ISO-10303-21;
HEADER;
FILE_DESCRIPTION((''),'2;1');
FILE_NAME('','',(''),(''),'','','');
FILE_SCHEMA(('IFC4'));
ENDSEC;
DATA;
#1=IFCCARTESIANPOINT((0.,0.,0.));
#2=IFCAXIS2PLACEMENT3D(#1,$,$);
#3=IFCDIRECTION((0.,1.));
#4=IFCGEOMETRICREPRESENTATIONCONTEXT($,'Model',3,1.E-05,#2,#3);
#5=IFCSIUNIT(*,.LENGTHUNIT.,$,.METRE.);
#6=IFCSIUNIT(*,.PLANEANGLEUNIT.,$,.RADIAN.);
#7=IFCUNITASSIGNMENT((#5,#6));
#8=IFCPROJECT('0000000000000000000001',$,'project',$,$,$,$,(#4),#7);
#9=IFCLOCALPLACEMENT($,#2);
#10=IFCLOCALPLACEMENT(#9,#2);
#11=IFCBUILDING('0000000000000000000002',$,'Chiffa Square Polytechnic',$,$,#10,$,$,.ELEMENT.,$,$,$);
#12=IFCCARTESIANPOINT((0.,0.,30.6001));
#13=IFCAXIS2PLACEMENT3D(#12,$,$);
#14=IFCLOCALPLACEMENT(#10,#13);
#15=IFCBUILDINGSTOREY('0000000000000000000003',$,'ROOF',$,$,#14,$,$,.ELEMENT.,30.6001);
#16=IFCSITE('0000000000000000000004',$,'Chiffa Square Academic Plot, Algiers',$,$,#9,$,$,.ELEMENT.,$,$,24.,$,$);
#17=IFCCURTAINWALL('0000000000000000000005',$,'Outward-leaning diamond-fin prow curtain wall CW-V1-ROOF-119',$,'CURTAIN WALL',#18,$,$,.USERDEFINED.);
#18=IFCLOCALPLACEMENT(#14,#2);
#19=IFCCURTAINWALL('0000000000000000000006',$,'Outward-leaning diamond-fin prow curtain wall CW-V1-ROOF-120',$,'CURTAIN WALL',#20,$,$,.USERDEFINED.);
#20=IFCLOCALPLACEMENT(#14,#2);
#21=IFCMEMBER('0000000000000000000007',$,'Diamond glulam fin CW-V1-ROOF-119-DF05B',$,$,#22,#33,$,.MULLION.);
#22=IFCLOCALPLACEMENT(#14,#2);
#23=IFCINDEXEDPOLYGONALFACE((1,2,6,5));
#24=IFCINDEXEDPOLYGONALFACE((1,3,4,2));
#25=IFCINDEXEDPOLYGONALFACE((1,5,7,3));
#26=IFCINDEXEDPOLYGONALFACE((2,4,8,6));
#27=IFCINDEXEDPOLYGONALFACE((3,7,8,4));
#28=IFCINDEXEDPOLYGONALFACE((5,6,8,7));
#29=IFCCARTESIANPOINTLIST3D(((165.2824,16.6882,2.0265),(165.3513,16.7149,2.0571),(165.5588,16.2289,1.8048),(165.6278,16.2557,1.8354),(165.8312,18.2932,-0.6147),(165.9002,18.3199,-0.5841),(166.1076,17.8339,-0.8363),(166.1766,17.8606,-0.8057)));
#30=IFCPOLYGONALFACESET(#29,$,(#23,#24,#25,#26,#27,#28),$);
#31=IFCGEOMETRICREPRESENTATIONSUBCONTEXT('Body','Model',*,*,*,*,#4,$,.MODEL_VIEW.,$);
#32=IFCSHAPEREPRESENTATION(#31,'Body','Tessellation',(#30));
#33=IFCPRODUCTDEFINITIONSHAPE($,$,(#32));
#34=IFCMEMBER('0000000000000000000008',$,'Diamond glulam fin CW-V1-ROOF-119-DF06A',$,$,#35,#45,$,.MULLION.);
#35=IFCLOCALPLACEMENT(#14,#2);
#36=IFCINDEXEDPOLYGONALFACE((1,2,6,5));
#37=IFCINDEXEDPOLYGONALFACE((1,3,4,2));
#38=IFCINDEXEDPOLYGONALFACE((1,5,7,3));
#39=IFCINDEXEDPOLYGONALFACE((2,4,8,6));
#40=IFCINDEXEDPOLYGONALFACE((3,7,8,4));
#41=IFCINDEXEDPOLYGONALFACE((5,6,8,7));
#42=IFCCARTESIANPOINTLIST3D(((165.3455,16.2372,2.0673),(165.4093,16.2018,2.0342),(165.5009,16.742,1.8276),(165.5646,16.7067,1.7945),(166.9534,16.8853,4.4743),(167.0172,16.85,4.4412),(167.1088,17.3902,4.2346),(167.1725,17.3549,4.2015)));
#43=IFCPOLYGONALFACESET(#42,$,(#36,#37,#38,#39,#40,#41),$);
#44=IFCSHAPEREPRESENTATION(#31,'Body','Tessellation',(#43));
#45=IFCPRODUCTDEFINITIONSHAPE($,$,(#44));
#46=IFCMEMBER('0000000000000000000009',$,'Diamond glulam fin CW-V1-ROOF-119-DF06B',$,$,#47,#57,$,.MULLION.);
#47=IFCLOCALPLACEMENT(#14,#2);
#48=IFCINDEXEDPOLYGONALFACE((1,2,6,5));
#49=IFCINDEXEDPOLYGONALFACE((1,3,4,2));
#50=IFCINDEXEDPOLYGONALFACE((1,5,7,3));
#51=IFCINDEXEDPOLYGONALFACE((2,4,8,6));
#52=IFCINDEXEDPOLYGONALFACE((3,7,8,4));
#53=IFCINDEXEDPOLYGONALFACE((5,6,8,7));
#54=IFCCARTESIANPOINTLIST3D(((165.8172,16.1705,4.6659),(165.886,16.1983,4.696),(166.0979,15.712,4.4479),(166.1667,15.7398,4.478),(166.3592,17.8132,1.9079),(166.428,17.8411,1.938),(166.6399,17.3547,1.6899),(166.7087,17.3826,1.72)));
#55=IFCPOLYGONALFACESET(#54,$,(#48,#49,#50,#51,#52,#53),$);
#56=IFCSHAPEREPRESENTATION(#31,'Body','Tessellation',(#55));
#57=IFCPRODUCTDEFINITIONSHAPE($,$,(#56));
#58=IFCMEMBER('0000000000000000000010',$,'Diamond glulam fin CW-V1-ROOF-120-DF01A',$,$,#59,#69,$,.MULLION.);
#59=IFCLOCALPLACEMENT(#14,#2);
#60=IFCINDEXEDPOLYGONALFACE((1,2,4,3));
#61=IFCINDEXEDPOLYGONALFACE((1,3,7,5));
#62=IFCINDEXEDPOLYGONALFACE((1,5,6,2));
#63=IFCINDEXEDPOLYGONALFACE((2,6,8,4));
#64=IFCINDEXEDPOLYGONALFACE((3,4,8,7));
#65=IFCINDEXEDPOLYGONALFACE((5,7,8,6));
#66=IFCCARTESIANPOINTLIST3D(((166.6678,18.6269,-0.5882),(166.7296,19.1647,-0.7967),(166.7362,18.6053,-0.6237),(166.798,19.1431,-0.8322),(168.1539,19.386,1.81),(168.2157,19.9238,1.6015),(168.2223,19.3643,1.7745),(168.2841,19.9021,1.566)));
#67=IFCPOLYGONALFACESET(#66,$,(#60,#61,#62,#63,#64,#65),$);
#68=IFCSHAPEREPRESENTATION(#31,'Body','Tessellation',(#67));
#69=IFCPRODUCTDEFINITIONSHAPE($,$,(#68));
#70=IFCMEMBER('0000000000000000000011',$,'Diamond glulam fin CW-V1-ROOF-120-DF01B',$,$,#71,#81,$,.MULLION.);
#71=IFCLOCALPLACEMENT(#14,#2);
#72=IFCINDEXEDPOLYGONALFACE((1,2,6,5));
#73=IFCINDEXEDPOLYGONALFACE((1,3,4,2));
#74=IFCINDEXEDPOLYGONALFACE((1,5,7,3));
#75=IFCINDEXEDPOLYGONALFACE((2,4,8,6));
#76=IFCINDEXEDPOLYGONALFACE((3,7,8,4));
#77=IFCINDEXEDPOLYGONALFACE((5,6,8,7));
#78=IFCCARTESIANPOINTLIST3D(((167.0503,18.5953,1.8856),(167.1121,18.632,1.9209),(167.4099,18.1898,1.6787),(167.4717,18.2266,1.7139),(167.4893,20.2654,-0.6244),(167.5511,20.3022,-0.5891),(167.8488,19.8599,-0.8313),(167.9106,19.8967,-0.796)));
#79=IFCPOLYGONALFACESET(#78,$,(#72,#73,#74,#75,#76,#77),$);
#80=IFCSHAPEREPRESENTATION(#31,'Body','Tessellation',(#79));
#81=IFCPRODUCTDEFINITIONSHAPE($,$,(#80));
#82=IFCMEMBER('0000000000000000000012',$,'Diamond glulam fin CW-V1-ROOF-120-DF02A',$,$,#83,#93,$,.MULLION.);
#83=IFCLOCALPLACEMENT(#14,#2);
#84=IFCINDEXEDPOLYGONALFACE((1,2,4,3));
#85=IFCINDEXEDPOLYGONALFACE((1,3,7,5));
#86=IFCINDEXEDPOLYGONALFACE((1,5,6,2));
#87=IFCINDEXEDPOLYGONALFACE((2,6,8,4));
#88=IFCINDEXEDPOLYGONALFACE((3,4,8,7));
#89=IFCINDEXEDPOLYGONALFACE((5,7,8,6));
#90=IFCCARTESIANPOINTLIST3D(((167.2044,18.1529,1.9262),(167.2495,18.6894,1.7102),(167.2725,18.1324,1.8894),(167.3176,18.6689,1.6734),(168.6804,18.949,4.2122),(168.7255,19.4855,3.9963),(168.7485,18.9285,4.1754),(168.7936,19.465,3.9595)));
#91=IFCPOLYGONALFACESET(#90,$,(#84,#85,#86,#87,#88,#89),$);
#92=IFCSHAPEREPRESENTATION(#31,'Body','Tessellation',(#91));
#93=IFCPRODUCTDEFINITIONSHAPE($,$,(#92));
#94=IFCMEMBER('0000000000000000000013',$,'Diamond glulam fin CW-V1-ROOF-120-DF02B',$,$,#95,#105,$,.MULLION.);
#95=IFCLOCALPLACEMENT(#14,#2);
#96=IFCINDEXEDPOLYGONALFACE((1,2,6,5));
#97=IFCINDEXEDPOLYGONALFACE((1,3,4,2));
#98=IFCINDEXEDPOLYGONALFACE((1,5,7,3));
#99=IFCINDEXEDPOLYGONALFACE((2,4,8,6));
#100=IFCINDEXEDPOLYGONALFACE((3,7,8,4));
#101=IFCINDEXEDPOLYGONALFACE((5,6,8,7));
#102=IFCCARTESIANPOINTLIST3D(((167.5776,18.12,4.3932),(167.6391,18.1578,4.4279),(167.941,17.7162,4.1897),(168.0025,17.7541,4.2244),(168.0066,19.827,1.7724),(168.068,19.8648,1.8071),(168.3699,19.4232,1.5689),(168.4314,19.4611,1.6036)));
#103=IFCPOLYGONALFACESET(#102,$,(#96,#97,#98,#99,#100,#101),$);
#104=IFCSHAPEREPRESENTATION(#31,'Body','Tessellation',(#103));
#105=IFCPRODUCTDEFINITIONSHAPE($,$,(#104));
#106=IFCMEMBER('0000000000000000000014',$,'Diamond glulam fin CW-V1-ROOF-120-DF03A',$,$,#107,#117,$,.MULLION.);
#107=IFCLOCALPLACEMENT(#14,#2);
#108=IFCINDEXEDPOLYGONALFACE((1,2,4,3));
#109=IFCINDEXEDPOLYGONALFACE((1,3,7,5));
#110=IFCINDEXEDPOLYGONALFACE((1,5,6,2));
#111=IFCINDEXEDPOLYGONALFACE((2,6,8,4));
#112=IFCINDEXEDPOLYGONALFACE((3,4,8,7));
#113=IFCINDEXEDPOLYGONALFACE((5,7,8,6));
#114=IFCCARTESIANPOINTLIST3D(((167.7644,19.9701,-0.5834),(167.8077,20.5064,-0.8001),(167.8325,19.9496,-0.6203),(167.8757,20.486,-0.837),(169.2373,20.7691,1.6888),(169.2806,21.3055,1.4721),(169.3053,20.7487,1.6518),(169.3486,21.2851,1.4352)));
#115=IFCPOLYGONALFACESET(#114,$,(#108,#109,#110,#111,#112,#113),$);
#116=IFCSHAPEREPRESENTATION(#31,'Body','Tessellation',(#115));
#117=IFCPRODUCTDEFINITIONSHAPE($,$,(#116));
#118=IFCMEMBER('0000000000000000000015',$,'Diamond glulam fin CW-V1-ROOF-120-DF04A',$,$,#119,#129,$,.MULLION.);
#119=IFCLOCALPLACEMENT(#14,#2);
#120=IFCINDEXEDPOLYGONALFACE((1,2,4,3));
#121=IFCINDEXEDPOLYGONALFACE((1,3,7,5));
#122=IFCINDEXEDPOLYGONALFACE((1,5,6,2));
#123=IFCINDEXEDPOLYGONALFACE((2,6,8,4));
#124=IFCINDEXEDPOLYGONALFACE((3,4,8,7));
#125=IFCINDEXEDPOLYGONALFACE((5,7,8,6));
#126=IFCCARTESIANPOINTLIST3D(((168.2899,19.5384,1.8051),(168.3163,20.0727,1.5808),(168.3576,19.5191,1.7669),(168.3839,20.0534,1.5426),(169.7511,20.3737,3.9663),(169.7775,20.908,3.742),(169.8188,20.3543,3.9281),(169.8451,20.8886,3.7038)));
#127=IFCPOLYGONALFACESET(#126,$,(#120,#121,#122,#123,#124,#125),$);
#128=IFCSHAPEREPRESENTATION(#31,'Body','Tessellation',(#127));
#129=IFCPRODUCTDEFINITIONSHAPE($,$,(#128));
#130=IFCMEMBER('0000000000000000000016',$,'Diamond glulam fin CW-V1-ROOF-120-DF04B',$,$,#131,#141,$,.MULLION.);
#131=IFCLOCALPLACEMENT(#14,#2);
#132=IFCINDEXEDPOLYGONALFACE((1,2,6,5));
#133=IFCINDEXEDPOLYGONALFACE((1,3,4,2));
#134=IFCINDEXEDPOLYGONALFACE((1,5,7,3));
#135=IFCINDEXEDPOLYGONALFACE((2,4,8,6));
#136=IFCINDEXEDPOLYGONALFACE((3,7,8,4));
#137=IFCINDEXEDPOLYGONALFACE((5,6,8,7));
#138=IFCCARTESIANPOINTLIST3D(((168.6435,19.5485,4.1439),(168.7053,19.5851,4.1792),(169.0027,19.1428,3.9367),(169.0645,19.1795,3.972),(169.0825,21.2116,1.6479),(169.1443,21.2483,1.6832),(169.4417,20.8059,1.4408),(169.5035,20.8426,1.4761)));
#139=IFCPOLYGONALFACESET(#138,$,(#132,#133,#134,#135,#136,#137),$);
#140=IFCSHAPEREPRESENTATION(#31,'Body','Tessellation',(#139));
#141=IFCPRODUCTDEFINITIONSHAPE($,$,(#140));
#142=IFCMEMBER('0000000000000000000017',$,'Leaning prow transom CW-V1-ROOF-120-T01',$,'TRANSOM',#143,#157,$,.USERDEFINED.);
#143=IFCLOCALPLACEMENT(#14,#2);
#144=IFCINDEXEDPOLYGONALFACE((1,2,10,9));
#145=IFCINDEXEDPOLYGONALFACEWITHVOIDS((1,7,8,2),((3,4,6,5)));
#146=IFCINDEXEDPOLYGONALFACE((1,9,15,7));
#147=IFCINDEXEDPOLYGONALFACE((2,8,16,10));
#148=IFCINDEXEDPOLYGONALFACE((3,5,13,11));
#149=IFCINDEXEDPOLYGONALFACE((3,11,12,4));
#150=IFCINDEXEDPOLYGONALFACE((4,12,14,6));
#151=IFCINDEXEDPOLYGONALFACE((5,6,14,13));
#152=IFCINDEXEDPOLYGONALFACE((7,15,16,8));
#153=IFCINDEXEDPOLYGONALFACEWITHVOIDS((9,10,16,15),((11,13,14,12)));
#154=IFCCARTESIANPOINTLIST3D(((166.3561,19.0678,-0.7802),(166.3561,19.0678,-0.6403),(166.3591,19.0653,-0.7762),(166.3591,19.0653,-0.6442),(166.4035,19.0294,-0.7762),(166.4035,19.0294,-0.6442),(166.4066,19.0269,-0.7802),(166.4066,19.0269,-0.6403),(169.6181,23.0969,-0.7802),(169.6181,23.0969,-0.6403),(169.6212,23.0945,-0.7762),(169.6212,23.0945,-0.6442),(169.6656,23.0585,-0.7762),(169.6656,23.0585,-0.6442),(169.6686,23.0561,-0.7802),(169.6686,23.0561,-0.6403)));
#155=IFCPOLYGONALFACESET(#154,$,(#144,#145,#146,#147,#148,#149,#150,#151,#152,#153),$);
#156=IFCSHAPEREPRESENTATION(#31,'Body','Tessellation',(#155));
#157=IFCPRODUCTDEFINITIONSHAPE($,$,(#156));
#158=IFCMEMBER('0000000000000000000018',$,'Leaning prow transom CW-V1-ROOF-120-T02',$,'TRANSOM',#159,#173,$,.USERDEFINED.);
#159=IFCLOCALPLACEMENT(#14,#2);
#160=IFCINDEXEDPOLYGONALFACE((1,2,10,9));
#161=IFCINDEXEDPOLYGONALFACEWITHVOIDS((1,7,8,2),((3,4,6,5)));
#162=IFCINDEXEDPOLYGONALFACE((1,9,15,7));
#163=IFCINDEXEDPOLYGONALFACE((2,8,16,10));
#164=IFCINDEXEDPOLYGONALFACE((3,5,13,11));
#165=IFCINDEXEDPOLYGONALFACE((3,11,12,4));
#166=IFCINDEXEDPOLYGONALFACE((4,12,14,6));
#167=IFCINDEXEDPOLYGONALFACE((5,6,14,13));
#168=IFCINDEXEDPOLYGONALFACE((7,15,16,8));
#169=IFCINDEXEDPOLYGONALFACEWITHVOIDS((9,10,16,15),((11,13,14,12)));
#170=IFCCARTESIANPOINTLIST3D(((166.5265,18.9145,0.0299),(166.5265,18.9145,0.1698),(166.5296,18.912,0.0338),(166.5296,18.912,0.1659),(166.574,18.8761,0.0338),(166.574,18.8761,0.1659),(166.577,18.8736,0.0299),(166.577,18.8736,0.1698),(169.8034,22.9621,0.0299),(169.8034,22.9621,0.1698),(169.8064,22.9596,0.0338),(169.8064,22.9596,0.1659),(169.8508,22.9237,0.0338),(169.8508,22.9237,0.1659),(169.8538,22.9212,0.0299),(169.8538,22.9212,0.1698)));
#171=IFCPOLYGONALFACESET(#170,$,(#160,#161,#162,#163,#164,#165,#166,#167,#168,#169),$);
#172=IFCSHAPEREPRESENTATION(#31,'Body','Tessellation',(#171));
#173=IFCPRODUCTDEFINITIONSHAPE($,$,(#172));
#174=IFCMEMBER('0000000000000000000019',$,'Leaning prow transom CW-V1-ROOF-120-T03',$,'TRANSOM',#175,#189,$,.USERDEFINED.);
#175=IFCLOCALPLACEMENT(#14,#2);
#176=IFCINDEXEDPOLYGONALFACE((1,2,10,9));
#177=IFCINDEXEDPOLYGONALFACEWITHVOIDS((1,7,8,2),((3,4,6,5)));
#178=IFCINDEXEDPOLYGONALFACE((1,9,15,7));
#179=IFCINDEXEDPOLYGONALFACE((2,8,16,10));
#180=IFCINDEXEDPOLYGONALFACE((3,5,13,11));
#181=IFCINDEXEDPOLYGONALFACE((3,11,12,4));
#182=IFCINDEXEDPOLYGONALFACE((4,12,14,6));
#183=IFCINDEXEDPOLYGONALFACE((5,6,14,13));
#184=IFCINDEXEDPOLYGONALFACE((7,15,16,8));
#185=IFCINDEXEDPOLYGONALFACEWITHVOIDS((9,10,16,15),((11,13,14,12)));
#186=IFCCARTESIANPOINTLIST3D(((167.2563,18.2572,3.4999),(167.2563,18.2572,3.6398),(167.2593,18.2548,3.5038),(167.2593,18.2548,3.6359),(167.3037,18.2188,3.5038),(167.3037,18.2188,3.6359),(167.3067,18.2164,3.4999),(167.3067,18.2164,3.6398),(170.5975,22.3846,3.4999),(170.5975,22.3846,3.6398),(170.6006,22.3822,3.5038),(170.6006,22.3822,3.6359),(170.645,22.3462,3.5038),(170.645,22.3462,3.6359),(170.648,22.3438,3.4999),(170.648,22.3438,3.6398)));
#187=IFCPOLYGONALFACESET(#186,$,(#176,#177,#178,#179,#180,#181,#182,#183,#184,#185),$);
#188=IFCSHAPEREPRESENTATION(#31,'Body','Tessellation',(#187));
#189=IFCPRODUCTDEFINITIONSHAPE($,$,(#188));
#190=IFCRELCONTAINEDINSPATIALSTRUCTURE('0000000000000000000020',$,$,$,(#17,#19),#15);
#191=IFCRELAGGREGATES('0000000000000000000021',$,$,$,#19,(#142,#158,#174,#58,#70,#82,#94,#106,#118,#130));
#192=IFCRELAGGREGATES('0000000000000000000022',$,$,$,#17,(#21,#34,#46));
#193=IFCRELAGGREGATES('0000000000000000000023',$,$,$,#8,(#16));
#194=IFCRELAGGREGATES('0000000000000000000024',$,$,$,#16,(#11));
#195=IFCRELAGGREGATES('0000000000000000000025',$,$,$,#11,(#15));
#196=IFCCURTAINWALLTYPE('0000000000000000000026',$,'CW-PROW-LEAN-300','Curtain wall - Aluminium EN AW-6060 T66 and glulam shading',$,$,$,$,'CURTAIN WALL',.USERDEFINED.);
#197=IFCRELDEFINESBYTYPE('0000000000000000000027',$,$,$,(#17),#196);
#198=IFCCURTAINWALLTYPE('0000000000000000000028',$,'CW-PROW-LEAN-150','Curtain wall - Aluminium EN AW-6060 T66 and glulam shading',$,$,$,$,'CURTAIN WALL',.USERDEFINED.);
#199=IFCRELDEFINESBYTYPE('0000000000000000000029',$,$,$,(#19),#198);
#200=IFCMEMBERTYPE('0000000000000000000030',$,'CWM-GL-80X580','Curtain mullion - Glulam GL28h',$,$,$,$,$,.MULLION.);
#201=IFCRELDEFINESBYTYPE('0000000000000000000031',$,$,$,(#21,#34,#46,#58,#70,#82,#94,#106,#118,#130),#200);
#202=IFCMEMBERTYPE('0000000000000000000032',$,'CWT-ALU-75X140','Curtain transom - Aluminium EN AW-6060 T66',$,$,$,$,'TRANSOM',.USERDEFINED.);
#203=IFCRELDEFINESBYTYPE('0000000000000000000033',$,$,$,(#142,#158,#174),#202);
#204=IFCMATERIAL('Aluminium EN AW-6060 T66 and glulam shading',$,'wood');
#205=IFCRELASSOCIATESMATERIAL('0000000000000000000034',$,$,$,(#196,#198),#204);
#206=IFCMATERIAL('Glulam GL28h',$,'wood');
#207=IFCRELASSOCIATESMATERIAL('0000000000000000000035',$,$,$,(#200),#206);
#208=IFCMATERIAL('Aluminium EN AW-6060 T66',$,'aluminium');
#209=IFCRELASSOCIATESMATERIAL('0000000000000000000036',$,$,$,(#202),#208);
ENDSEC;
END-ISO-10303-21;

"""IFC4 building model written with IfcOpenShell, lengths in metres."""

from ifc_helpers import new_model, si_unit, direction, frame, origin, origin_2d, place, context, subcontext, project, spatial, rectangle, hollow_rectangle, extrude, material, material_profile, profile_set, type_object, element, aggregate, save


model = new_model("IFC4")

# Units and contexts
model_context = context("Model", 3, precision=1e-05, world=origin(), true_north=direction((0.0, 1.0)))
body_context = subcontext(model_context, "Body", "Model", "MODEL_VIEW")
ifc_project = project(units=[si_unit("LENGTHUNIT", "METRE"), si_unit("PLANEANGLEUNIT", "RADIAN")], contexts=[model_context])

# Site, building, storey
site_placement = place(None, origin())
site = spatial("IfcSite", under=ifc_project, at=site_placement, Name="Chiffa Square Academic Plot, Algiers", CompositionType="ELEMENT", RefElevation=24.0)
building_placement = place(site_placement, origin())
building = spatial("IfcBuilding", under=site, at=building_placement, Name="Chiffa Square Polytechnic", CompositionType="ELEMENT")
storey_placement = place(building_placement, frame((0.0, 0.0, 30.6001)))
storey = spatial("IfcBuildingStorey", under=building, at=storey_placement, Name="ROOF", CompositionType="ELEMENT", Elevation=30.6001)

# Curtain walls
ifc_material_1 = material(Name="Aluminium EN AW-6060 T66 and glulam shading", Category="wood")
curtain_wall_type_1 = type_object("IfcCurtainWallType", Name="CW-PROW-LEAN-300", Description="Curtain wall - Aluminium EN AW-6060 T66 and glulam shading", ElementType="CURTAIN WALL", PredefinedType="USERDEFINED", material=ifc_material_1)
curtain_wall_1_placement = place(storey_placement, origin())
curtain_wall_1 = element("IfcCurtainWall", 1, at=curtain_wall_1_placement, inside=storey, type_object=curtain_wall_type_1, Name="Outward-leaning diamond-fin prow curtain wall CW-V1-ROOF-119", ObjectType="CURTAIN WALL", PredefinedType="USERDEFINED")
ifc_material_2 = material(Name="Aluminium EN AW-6060 T66", Category="aluminium")
curtain_wall_type_2 = type_object("IfcCurtainWallType", Name="CW-PROW-LEAN-150", Description="Curtain wall - Aluminium EN AW-6060 T66 and glulam shading", ElementType="CURTAIN WALL", PredefinedType="USERDEFINED", material=ifc_material_1)
curtain_wall_2_placement = place(storey_placement, origin())
curtain_wall_2 = element("IfcCurtainWall", 2, at=curtain_wall_2_placement, inside=storey, type_object=curtain_wall_type_2, Name="Outward-leaning diamond-fin prow curtain wall CW-V1-ROOF-120", ObjectType="CURTAIN WALL", PredefinedType="USERDEFINED")

# Members
ifc_material_3 = material(Name="Glulam GL28h", Category="wood")
ifc_material_profile_1 = material_profile(ifc_material_3, rectangle(XDim=0.0801, YDim=0.5801, at=origin_2d()), Name="GL28h 80x580")
ifc_profile_set_1 = profile_set([ifc_material_profile_1], Name="Glulam GL28h")
member_type_1 = type_object("IfcMemberType", Name="CWM-GL-80X580", Description="Curtain mullion - Glulam GL28h", PredefinedType="MULLION", material=ifc_profile_set_1)
member_1_placement = place(storey_placement, frame((166.0039, 18.0769, -0.7102), z_axis=(-0.174848, -0.51132, 0.841415), x_axis=(0.861578, 0.334175, 0.382113)))
member_1 = element("IfcMember", 3, at=member_1_placement, type_object=member_type_1, Name="Diamond glulam fin CW-V1-ROOF-119-DF05B", PredefinedType="MULLION", context=body_context, shape_type="SweptSolid", body=[
    extrude(rectangle(XDim=0.0801, YDim=0.5801, at=origin_2d()), origin(), (0.0, 0.0, 1.0), 3.1389),
])
member_2_placement = place(storey_placement, frame((165.4551, 16.4719, 1.9309), z_axis=(0.542054, 0.218517, 0.811435), x_axis=(-0.796538, 0.441295, 0.413263)))
member_2 = element("IfcMember", 4, at=member_2_placement, type_object=member_type_1, Name="Diamond glulam fin CW-V1-ROOF-119-DF06A", PredefinedType="MULLION", context=body_context, shape_type="SweptSolid", body=[
    extrude(rectangle(XDim=0.0801, YDim=0.5801, at=origin_2d()), origin(), (0.0, 0.0, 1.0), 2.9663),
])
member_3_placement = place(storey_placement, frame((166.5339, 17.5979, 1.814), z_axis=(-0.166476, -0.504601, 0.84715), x_axis=(0.859184, 0.347326, 0.375723)))
member_3 = element("IfcMember", 5, at=member_3_placement, type_object=member_type_1, Name="Diamond glulam fin CW-V1-ROOF-119-DF06B", PredefinedType="MULLION", context=body_context, shape_type="SweptSolid", body=[
    extrude(rectangle(XDim=0.0801, YDim=0.5801, at=origin_2d()), origin(), (0.0, 0.0, 1.0), 3.2556),
])
member_4_placement = place(storey_placement, frame((166.7329, 18.885, -0.7102), z_axis=(0.508649, 0.259798, 0.820842), x_axis=(-0.854356, 0.270285, 0.443872)))
member_4 = element("IfcMember", 6, at=member_4_placement, type_object=member_type_1, Name="Diamond glulam fin CW-V1-ROOF-120-DF01A", PredefinedType="MULLION", context=body_context, shape_type="SweptSolid", body=[
    extrude(rectangle(XDim=0.0801, YDim=0.5801, at=origin_2d()), origin(), (0.0, 0.0, 1.0), 2.9216),
])
member_5_placement = place(storey_placement, frame((167.7, 20.0811, -0.7102), z_axis=(-0.144079, -0.548191, 0.823849), x_axis=(0.771397, 0.459251, 0.440493)))
member_5 = element("IfcMember", 7, at=member_5_placement, type_object=member_type_1, Name="Diamond glulam fin CW-V1-ROOF-120-DF01B", PredefinedType="MULLION", context=body_context, shape_type="SweptSolid", body=[
    extrude(rectangle(XDim=0.0801, YDim=0.5801, at=origin_2d()), origin(), (0.0, 0.0, 1.0), 3.0466),
])
member_6_placement = place(storey_placement, frame((167.261, 18.4109, 1.7998), z_axis=(0.520602, 0.280795, 0.806305), x_axis=(-0.850258, 0.256424, 0.459682)))
member_6 = element("IfcMember", 8, at=member_6_placement, type_object=member_type_1, Name="Diamond glulam fin CW-V1-ROOF-120-DF02A", PredefinedType="MULLION", context=body_context, shape_type="SweptSolid", body=[
    extrude(rectangle(XDim=0.0801, YDim=0.5801, at=origin_2d()), origin(), (0.0, 0.0, 1.0), 2.8352),
])
member_7_placement = place(storey_placement, frame((168.219, 19.644, 1.688), z_axis=(-0.135873, -0.540709, 0.830164), x_axis=(0.767577, 0.472334, 0.433274)))
member_7 = element("IfcMember", 9, at=member_7_placement, type_object=member_type_1, Name="Diamond glulam fin CW-V1-ROOF-120-DF02B", PredefinedType="MULLION", context=body_context, shape_type="SweptSolid", body=[
    extrude(rectangle(XDim=0.0801, YDim=0.5801, at=origin_2d()), origin(), (0.0, 0.0, 1.0), 3.157),
])
member_8_placement = place(storey_placement, frame((167.8201, 20.228, -0.7102), z_axis=(0.521698, 0.28303, 0.804814), x_axis=(-0.849862, 0.254903, 0.461257)))
member_8 = element("IfcMember", 10, at=member_8_placement, type_object=member_type_1, Name="Diamond glulam fin CW-V1-ROOF-120-DF03A", PredefinedType="MULLION", context=body_context, shape_type="SweptSolid", body=[
    extrude(rectangle(XDim=0.0801, YDim=0.5801, at=origin_2d()), origin(), (0.0, 0.0, 1.0), 2.8232),
])
member_9_placement = place(storey_placement, frame((168.3369, 19.7959, 1.6738), z_axis=(0.533437, 0.30491, 0.78897), x_axis=(-0.84462, 0.242092, 0.477503)))
member_9 = element("IfcMember", 11, at=member_9_placement, type_object=member_type_1, Name="Diamond glulam fin CW-V1-ROOF-120-DF04A", PredefinedType="MULLION", context=body_context, shape_type="SweptSolid", body=[
    extrude(rectangle(XDim=0.0801, YDim=0.5801, at=origin_2d()), origin(), (0.0, 0.0, 1.0), 2.7393),
])
member_10_placement = place(storey_placement, frame((169.293, 21.0271, 1.562), z_axis=(-0.144818, -0.548667, 0.823403), x_axis=(0.771789, 0.458109, 0.440997)))
member_10 = element("IfcMember", 12, at=member_10_placement, type_object=member_type_1, Name="Diamond glulam fin CW-V1-ROOF-120-DF04B", PredefinedType="MULLION", context=body_context, shape_type="SweptSolid", body=[
    extrude(rectangle(XDim=0.0801, YDim=0.5801, at=origin_2d()), origin(), (0.0, 0.0, 1.0), 3.0312),
])
ifc_material_profile_2 = material_profile(ifc_material_2, hollow_rectangle(XDim=0.0649, YDim=0.1399, WallThickness=0.0039, at=origin_2d()), Name="ALU 65x140x4")
ifc_profile_set_2 = profile_set([ifc_material_profile_2], Name="Aluminium EN AW-6060 T66")
member_type_2 = type_object("IfcMemberType", Name="CWT-ALU-75X140", Description="Curtain transom - Aluminium EN AW-6060 T66", ElementType="TRANSOM", PredefinedType="USERDEFINED", material=ifc_profile_set_2)
member_11_placement = place(storey_placement, frame((166.3813, 19.0474, -0.7102), z_axis=(0.629239, 0.777212, 0.0), x_axis=(-0.777212, 0.629239, 0.0)))
member_11 = element("IfcMember", 13, at=member_11_placement, type_object=member_type_2, Name="Leaning prow transom CW-V1-ROOF-120-T01", ObjectType="TRANSOM", PredefinedType="USERDEFINED", context=body_context, shape_type="SweptSolid", body=[
    extrude(hollow_rectangle(XDim=0.0649, YDim=0.1399, WallThickness=0.0039, at=origin_2d()), origin(), (0.0, 0.0, 1.0), 5.1841),
])
member_12_placement = place(storey_placement, frame((166.5518, 18.894, 0.0999), z_axis=(0.629224, 0.777224, 0.0), x_axis=(-0.777224, 0.629224, 0.0)))
member_12 = element("IfcMember", 14, at=member_12_placement, type_object=member_type_2, Name="Leaning prow transom CW-V1-ROOF-120-T02", ObjectType="TRANSOM", PredefinedType="USERDEFINED", context=body_context, shape_type="SweptSolid", body=[
    extrude(hollow_rectangle(XDim=0.0649, YDim=0.1399, WallThickness=0.0039, at=origin_2d()), origin(), (0.0, 0.0, 1.0), 5.2078),
])
member_13_placement = place(storey_placement, frame((167.2815, 18.2368, 3.5698), z_axis=(0.629204, 0.777241, 0.0), x_axis=(-0.777241, 0.629204, 0.0)))
member_13 = element("IfcMember", 15, at=member_13_placement, type_object=member_type_2, Name="Leaning prow transom CW-V1-ROOF-120-T03", ObjectType="TRANSOM", PredefinedType="USERDEFINED", context=body_context, shape_type="SweptSolid", body=[
    extrude(hollow_rectangle(XDim=0.0649, YDim=0.1399, WallThickness=0.0039, at=origin_2d()), origin(), (0.0, 0.0, 1.0), 5.3103),
])

aggregate(curtain_wall_2, [member_11, member_12, member_13, member_4, member_5, member_6, member_7, member_8, member_9, member_10])
aggregate(curtain_wall_1, [member_1, member_2, member_3])

save(model, "model.ifc")
